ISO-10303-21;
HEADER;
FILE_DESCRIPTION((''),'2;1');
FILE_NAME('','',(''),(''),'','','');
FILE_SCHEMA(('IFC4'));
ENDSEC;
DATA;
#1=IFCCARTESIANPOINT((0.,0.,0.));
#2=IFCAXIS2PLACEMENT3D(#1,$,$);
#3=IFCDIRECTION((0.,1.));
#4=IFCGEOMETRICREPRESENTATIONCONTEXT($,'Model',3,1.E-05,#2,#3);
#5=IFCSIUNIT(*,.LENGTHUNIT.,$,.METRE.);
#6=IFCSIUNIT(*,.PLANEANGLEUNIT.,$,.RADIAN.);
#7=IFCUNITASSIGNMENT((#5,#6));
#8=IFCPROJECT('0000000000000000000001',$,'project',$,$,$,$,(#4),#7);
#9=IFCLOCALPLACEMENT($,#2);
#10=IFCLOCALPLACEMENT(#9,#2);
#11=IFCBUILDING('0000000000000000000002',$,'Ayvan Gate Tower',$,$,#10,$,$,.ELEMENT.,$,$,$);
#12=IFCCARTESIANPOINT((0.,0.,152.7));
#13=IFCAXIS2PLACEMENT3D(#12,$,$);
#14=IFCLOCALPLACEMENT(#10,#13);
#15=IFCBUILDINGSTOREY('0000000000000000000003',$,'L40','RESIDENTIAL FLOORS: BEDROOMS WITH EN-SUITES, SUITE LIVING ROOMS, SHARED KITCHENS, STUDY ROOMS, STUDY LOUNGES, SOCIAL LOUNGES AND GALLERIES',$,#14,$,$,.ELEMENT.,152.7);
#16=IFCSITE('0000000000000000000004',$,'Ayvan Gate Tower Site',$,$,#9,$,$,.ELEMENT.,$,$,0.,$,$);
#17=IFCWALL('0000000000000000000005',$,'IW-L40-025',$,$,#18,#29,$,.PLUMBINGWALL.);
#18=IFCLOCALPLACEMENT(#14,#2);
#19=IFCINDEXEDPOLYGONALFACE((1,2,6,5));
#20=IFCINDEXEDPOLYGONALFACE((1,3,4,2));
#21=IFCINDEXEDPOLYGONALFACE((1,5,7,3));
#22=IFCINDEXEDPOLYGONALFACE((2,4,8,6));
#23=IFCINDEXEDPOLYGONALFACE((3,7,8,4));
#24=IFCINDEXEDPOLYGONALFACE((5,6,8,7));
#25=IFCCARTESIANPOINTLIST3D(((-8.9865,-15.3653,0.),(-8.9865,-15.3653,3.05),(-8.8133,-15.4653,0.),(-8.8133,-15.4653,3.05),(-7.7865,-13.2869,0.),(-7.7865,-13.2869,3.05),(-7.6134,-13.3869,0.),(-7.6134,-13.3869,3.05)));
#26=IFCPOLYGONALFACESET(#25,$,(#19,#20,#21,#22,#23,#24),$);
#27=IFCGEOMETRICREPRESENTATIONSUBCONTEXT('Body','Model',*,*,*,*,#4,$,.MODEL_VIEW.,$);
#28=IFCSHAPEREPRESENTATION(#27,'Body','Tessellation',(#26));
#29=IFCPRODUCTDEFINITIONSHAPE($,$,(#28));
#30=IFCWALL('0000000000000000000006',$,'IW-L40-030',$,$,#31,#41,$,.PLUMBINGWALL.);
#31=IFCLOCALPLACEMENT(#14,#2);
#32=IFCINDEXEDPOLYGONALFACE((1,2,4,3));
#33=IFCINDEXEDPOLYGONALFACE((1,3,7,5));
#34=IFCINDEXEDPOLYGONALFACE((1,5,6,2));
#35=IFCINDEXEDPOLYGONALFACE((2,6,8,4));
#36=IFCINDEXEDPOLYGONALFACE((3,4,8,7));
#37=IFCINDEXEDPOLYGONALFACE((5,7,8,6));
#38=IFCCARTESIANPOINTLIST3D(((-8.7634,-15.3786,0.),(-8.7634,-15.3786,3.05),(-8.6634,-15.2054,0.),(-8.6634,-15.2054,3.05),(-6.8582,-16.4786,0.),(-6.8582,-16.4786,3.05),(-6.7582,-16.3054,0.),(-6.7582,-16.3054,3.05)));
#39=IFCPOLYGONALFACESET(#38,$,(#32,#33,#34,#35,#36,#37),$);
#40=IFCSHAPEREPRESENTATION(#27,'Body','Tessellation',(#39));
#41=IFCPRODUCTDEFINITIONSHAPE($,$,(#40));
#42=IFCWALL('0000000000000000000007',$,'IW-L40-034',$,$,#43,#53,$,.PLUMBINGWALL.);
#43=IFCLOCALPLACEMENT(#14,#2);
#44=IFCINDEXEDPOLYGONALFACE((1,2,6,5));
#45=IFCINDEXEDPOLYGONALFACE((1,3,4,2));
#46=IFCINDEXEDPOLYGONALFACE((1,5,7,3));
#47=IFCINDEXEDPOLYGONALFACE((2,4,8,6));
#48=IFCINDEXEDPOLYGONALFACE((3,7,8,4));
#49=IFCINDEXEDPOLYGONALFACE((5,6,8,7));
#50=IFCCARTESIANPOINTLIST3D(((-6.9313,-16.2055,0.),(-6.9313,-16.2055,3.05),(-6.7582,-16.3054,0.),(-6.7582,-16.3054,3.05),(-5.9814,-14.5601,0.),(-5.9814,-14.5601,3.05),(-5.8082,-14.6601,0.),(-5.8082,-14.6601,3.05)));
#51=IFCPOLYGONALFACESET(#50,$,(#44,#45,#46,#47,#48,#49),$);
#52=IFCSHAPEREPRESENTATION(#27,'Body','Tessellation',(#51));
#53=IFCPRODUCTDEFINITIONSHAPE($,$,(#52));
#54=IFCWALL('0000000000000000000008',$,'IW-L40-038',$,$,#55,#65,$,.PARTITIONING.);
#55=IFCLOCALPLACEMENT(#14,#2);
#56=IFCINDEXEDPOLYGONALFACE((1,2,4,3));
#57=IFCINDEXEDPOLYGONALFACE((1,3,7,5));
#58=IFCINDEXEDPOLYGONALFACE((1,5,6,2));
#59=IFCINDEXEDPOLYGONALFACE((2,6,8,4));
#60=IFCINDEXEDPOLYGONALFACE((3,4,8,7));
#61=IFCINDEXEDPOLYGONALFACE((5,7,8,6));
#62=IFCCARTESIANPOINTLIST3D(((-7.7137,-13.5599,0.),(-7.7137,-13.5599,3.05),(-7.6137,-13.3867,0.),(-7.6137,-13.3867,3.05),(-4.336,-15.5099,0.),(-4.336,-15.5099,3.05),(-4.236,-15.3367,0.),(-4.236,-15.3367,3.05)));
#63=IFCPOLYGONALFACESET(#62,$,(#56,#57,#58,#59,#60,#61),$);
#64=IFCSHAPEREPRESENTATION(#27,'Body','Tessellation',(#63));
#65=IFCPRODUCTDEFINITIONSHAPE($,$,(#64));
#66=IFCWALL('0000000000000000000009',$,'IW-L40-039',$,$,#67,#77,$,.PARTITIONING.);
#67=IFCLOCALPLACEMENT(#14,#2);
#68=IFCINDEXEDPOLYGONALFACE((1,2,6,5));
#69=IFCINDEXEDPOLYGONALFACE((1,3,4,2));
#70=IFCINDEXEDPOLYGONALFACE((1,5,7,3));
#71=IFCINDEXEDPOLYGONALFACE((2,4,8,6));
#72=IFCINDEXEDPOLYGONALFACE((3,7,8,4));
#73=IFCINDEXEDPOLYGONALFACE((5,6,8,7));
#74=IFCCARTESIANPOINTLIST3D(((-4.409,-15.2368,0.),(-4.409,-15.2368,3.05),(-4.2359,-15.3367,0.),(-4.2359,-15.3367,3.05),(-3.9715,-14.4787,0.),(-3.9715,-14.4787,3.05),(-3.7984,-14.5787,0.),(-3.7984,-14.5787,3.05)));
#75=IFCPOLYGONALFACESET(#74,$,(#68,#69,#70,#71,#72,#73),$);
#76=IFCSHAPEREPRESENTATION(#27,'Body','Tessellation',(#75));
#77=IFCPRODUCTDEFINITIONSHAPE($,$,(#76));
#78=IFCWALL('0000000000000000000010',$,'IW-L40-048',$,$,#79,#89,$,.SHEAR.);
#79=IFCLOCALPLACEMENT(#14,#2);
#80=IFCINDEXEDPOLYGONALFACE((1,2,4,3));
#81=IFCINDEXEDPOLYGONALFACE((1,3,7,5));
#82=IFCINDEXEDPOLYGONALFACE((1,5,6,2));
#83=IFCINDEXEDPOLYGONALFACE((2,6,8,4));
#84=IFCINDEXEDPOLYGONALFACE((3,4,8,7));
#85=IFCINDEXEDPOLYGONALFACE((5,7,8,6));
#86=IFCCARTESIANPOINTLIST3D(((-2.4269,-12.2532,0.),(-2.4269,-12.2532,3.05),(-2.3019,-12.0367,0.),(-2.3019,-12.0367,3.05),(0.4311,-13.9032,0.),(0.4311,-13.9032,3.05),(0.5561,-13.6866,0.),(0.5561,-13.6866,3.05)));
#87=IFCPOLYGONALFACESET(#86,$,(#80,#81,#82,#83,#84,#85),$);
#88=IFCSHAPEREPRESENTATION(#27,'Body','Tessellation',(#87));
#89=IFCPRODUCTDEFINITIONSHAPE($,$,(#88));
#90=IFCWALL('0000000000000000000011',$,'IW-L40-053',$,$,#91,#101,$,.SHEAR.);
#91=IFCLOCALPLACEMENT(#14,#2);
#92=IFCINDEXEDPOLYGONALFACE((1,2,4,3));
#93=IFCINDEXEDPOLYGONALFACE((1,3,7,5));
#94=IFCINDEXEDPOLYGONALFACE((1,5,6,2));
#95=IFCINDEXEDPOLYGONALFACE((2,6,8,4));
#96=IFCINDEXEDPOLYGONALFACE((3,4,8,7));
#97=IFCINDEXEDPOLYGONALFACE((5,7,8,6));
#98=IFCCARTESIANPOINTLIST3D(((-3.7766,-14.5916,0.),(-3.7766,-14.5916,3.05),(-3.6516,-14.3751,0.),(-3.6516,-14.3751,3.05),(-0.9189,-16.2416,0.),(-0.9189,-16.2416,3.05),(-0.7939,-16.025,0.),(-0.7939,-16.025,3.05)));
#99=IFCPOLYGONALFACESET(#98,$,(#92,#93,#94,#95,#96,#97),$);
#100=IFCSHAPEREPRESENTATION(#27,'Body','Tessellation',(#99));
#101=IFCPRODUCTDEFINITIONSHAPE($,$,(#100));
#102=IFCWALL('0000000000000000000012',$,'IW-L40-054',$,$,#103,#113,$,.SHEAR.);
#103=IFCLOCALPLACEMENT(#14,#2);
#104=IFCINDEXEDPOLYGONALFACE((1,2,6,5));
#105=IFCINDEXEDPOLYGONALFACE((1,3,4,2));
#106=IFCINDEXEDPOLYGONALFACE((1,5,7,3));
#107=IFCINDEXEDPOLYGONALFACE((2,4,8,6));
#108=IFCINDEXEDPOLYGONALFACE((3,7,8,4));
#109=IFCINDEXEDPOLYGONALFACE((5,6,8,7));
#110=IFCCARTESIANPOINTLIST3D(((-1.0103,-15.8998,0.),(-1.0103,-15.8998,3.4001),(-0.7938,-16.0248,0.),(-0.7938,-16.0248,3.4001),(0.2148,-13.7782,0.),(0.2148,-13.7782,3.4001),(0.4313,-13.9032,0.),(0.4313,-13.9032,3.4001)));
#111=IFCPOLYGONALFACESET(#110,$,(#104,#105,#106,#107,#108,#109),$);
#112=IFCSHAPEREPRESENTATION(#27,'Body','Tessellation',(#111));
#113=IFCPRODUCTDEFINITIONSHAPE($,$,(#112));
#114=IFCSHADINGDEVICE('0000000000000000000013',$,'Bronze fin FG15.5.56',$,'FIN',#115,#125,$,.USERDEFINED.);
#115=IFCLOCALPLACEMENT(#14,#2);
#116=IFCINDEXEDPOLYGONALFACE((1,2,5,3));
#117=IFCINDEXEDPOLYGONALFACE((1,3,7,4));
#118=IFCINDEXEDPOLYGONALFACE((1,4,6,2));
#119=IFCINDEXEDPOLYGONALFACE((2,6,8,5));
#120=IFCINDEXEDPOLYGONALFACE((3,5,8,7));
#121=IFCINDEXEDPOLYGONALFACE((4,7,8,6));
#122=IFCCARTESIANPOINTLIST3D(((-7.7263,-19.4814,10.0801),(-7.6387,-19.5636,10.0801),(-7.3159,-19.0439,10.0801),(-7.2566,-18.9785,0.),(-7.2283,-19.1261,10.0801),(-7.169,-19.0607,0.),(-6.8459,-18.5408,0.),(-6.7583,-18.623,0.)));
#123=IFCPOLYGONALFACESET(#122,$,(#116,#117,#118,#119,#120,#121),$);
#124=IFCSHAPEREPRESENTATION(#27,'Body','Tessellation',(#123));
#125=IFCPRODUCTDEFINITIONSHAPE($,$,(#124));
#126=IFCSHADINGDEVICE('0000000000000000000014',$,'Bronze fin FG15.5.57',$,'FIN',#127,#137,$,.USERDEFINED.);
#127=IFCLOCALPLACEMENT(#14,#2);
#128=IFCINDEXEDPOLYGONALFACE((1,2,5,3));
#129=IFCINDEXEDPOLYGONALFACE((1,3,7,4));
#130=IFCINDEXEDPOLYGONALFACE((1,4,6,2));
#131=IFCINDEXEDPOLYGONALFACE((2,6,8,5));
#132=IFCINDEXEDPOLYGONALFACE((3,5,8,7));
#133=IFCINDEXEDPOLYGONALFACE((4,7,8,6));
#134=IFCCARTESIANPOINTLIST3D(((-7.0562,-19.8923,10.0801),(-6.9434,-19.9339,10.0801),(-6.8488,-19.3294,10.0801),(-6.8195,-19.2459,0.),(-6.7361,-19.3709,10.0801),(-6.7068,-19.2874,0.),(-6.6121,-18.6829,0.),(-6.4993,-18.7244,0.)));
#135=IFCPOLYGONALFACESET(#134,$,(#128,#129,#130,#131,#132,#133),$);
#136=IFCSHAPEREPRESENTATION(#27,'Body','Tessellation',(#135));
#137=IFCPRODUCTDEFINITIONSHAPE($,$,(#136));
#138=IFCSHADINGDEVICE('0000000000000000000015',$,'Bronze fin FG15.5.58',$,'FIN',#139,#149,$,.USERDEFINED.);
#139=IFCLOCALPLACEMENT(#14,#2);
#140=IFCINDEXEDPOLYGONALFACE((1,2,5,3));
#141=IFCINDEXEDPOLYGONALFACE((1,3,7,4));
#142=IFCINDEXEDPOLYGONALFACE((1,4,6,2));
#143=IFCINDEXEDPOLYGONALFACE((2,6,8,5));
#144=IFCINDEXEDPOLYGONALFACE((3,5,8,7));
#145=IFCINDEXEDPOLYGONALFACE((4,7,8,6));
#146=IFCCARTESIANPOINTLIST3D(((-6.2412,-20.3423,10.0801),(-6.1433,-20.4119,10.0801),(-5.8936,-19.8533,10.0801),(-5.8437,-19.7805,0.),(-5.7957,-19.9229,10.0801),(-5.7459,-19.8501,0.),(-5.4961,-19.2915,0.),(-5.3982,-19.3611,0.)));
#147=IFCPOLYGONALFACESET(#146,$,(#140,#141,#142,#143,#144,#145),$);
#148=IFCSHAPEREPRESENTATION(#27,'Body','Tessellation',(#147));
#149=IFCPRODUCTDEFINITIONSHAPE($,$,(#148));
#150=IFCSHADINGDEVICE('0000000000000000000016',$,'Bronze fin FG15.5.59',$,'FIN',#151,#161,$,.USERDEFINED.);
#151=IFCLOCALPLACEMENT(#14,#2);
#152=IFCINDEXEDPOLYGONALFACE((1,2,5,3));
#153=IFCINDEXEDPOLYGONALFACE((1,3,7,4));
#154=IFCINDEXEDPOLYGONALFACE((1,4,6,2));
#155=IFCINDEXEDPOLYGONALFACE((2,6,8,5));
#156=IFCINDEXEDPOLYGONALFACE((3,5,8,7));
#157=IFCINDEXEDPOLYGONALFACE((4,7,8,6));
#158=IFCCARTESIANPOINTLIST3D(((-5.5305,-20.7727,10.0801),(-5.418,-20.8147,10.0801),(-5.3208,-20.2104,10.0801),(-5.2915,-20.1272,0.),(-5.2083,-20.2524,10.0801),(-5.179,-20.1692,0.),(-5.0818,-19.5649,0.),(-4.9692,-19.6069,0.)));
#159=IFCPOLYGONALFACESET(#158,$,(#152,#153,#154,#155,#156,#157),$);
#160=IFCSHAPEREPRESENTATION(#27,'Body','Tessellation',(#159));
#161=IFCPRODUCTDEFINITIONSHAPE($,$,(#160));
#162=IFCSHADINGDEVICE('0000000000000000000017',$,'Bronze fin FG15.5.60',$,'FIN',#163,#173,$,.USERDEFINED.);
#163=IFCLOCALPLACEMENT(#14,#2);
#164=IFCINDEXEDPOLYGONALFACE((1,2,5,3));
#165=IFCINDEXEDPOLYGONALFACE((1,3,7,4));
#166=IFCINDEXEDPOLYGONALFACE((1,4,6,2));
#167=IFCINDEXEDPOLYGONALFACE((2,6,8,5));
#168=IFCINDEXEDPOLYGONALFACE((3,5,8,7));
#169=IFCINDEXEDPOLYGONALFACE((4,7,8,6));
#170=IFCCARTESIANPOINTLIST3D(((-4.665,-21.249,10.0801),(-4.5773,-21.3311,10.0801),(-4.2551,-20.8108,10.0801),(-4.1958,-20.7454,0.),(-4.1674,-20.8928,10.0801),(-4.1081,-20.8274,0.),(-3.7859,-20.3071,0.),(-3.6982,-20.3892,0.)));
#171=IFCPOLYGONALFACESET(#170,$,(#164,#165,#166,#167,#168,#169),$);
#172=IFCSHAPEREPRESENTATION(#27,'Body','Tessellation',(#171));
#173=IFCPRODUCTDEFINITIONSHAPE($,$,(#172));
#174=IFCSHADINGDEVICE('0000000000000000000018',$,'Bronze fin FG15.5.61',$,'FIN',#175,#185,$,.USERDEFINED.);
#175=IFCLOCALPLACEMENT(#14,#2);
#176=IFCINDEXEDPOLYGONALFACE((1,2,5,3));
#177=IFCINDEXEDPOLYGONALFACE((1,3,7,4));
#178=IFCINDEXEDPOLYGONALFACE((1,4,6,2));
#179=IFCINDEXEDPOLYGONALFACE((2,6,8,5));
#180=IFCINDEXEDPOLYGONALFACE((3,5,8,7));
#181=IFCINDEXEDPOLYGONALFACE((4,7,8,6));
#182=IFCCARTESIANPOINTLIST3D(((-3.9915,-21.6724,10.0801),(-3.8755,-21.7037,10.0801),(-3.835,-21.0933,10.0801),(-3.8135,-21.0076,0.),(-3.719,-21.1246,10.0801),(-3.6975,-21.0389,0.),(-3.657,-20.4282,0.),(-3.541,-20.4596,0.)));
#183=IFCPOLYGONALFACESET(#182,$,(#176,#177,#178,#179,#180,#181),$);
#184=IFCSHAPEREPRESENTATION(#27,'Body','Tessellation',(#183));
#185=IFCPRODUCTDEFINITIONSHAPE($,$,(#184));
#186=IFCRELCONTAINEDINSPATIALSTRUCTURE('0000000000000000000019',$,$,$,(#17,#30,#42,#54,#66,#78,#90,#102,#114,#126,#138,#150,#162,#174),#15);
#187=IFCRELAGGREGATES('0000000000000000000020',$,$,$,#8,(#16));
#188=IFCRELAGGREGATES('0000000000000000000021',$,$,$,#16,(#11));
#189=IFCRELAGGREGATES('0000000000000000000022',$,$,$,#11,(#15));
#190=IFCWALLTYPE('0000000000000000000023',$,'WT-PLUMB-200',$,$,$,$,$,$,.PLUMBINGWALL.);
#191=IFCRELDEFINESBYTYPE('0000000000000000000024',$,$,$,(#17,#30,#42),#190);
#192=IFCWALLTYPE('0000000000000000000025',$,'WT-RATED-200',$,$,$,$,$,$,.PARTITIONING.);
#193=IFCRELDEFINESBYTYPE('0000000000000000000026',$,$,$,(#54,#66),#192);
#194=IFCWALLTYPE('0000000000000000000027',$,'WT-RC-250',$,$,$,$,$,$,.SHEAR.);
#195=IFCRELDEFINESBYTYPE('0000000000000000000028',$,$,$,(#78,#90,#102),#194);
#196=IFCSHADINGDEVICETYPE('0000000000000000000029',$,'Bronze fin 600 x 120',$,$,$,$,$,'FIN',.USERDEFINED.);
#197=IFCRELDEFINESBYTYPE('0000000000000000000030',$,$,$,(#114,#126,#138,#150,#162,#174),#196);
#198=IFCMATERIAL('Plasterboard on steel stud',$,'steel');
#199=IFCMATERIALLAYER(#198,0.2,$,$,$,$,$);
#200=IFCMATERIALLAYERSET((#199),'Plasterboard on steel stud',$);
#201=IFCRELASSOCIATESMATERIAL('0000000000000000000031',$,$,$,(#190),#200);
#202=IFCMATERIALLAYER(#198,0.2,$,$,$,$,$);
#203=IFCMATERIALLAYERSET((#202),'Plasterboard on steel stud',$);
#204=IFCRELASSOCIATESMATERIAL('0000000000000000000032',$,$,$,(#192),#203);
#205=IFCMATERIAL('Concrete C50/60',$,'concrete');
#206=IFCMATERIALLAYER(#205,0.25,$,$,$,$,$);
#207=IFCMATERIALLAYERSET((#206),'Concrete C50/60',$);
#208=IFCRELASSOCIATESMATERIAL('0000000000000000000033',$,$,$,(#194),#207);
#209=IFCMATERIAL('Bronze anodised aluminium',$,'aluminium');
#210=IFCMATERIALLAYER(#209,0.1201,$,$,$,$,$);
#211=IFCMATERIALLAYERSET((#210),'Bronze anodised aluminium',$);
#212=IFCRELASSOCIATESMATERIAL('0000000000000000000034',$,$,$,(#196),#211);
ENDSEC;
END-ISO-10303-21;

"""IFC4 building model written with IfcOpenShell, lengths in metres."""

from ifc_helpers import new_model, si_unit, direction, frame, frame_2d, origin, place, context, subcontext, project, spatial, polyline, rectangle, outline, extrude, material, layer, layer_set, type_object, element, save


model = new_model("IFC4")

# Units and contexts
model_context = context("Model", 3, precision=1e-05, world=origin(), true_north=direction((0.0, 1.0)))
body_context = subcontext(model_context, "Body", "Model", "MODEL_VIEW")
ifc_project = project(units=[si_unit("LENGTHUNIT", "METRE"), si_unit("PLANEANGLEUNIT", "RADIAN")], contexts=[model_context])

# Site, building, storey
site_placement = place(None, origin())
site = spatial("IfcSite", under=ifc_project, at=site_placement, Name="Ayvan Gate Tower Site", CompositionType="ELEMENT", RefElevation=0.0)
building_placement = place(site_placement, origin())
building = spatial("IfcBuilding", under=site, at=building_placement, Name="Ayvan Gate Tower", CompositionType="ELEMENT")
storey_placement = place(building_placement, frame((0.0, 0.0, 152.7)))
storey = spatial("IfcBuildingStorey", under=building, at=storey_placement, Name="L40", Description="RESIDENTIAL FLOORS: BEDROOMS WITH EN-SUITES, SUITE LIVING ROOMS, SHARED KITCHENS, STUDY ROOMS, STUDY LOUNGES, SOCIAL LOUNGES AND GALLERIES", CompositionType="ELEMENT", Elevation=152.7)

# Shared definitions
ifc_material_1 = material(Name="Bronze anodised aluminium", Category="aluminium")

# Shared definitions
ifc_material_2 = material(Name="Plasterboard on steel stud", Category="steel")

# Walls
ifc_layer_1 = layer(ifc_material_2, 0.2)
ifc_layer_set_1 = layer_set([ifc_layer_1], Name="Plasterboard on steel stud")
wall_type_1 = type_object("IfcWallType", Name="WT-PLUMB-200", PredefinedType="PLUMBINGWALL", material=ifc_layer_set_1)
wall_1_placement = place(storey_placement, frame((-7.7, -13.3369, 0.0), z_axis=(0.0, 0.0, 1.0), x_axis=(-0.500001, -0.866025, 0.0)))
element("IfcWall", 1, at=wall_1_placement, inside=storey, type_object=wall_type_1, Name="IW-L40-025", PredefinedType="PLUMBINGWALL", context=body_context, shape_type="SweptSolid", body=[
    extrude(rectangle(XDim=2.3999, YDim=0.2, at=frame_2d((1.2, 0.0))), origin(), (0.0, 0.0, 1.0), 3.05),
])
wall_2_placement = place(storey_placement, frame((-6.8081, -16.3921, 0.0), z_axis=(0.0, 0.0, 1.0), x_axis=(-0.866008, 0.50003, 0.0)))
element("IfcWall", 2, at=wall_2_placement, inside=storey, type_object=wall_type_1, Name="IW-L40-030", PredefinedType="PLUMBINGWALL", context=body_context, shape_type="SweptSolid", body=[
    extrude(rectangle(XDim=2.2, YDim=0.2, at=frame_2d((1.1001, 0.0))), origin(), (0.0, 0.0, 1.0), 3.05),
])
wall_3_placement = place(storey_placement, frame((-5.8948, -14.6101, 0.0), z_axis=(0.0, 0.0, 1.0), x_axis=(-0.500023, -0.866012, 0.0)))
element("IfcWall", 3, at=wall_3_placement, inside=storey, type_object=wall_type_1, Name="IW-L40-034", PredefinedType="PLUMBINGWALL", context=body_context, shape_type="SweptSolid", body=[
    extrude(rectangle(XDim=1.8999, YDim=0.2, at=frame_2d((0.95, 0.0))), origin(), (0.0, 0.0, 1.0), 3.05),
])
ifc_layer_2 = layer(ifc_material_2, 0.2)
ifc_layer_set_2 = layer_set([ifc_layer_2], Name="Plasterboard on steel stud")
wall_type_2 = type_object("IfcWallType", Name="WT-RATED-200", PredefinedType="PARTITIONING", material=ifc_layer_set_2)
wall_4_placement = place(storey_placement, frame((-4.2859, -15.4233, 0.0), z_axis=(0.0, 0.0, 1.0), x_axis=(-0.866043, 0.49997, 0.0)))
element("IfcWall", 4, at=wall_4_placement, inside=storey, type_object=wall_type_2, Name="IW-L40-038", PredefinedType="PARTITIONING", context=body_context, shape_type="SweptSolid", body=[
    extrude(rectangle(XDim=3.9001, YDim=0.2, at=frame_2d((1.9502, 0.0))), origin(), (0.0, 0.0, 1.0), 3.05),
])
wall_5_placement = place(storey_placement, frame((-3.885, -14.5288, 0.0), z_axis=(0.0, 0.0, 1.0), x_axis=(-0.499859, -0.866107, 0.0)))
element("IfcWall", 5, at=wall_5_placement, inside=storey, type_object=wall_type_2, Name="IW-L40-039", PredefinedType="PARTITIONING", context=body_context, shape_type="SweptSolid", body=[
    extrude(rectangle(XDim=0.8752, YDim=0.2, at=frame_2d((0.4375, 0.0))), origin(), (0.0, 0.0, 1.0), 3.05),
])
ifc_material_3 = material(Name="Concrete C50/60", Category="concrete")
ifc_layer_3 = layer(ifc_material_3, 0.25)
ifc_layer_set_3 = layer_set([ifc_layer_3], Name="Concrete C50/60")
wall_type_3 = type_object("IfcWallType", Name="WT-RC-250", PredefinedType="SHEAR", material=ifc_layer_set_3)
wall_6_placement = place(storey_placement, frame((-2.3643, -12.145, 0.0), z_axis=(0.0, 0.0, 1.0), x_axis=(0.86604, -0.499974, 0.0)))
element("IfcWall", 6, at=wall_6_placement, inside=storey, type_object=wall_type_3, Name="IW-L40-048", PredefinedType="SHEAR", context=body_context, shape_type="SweptSolid", body=[
    extrude(rectangle(XDim=3.3, YDim=0.25, at=frame_2d((1.6499, 0.0))), origin(), (0.0, 0.0, 1.0), 3.05),
])
wall_7_placement = place(storey_placement, frame((-0.8564, -16.1333, 0.0), z_axis=(0.0, 0.0, 1.0), x_axis=(-0.866022, 0.500006, 0.0)))
element("IfcWall", 7, at=wall_7_placement, inside=storey, type_object=wall_type_3, Name="IW-L40-053", PredefinedType="SHEAR", context=body_context, shape_type="SweptSolid", body=[
    extrude(rectangle(XDim=3.2998, YDim=0.25, at=frame_2d((1.6499, 0.0))), origin(), (0.0, 0.0, 1.0), 3.05),
])
wall_8_placement = place(storey_placement, frame((-0.9021, -15.9624, 0.0), z_axis=(0.0, 0.0, 1.0), x_axis=(0.500062, 0.86599, 0.0)))
element("IfcWall", 8, at=wall_8_placement, inside=storey, type_object=wall_type_3, Name="IW-L40-054", PredefinedType="SHEAR", context=body_context, shape_type="SweptSolid", body=[
    extrude(rectangle(XDim=2.45, YDim=0.25, at=frame_2d((1.2251, 0.0))), origin(), (0.0, 0.0, 1.0), 3.4001),
])

# Shading devices
ifc_layer_4 = layer(ifc_material_1, 0.1201)
ifc_layer_set_4 = layer_set([ifc_layer_4], Name="Bronze anodised aluminium")
shading_device_type = type_object("IfcShadingDeviceType", Name="Bronze fin 600 x 120", ElementType="FIN", PredefinedType="USERDEFINED", material=ifc_layer_set_4)
shading_device_1_placement = place(storey_placement, frame((-6.8459, -18.5408, 0.0), z_axis=(-0.729328, 0.684164, 0.000148), x_axis=(-0.684164, -0.729328, 0.0)))
element("IfcShadingDevice", 9, at=shading_device_1_placement, inside=storey, type_object=shading_device_type, Name="Bronze fin FG15.5.56", ObjectType="FIN", PredefinedType="USERDEFINED", context=body_context, shape_type="SweptSolid", body=[
    extrude(outline(polyline([(0.0, 0.0), (0.6002, 0.0), (1.2884, 10.0801), (0.6885, 10.0801), (0.0, 0.0)])), origin(), (0.0, 0.0, -1.0), 0.1201),
])
shading_device_2_placement = place(storey_placement, frame((-6.6121, -18.6829, 0.0), z_axis=(-0.938354, 0.345677, 0.000136), x_axis=(-0.345677, -0.938354, 0.0)))
element("IfcShadingDevice", 10, at=shading_device_2_placement, inside=storey, type_object=shading_device_type, Name="Bronze fin FG15.5.57", ObjectType="FIN", PredefinedType="USERDEFINED", context=body_context, shape_type="SweptSolid", body=[
    extrude(outline(polyline([(0.0, 0.0), (0.6, 0.0), (1.2884, 10.0801), (0.6885, 10.0801), (0.0, 0.0)])), origin(), (0.0, 0.0, -1.0), 0.1201),
])
shading_device_3_placement = place(storey_placement, frame((-5.4961, -19.2915, 0.0), z_axis=(-0.815024, 0.579428, 0.000155), x_axis=(-0.579428, -0.815024, 0.0)))
element("IfcShadingDevice", 11, at=shading_device_3_placement, inside=storey, type_object=shading_device_type, Name="Bronze fin FG15.5.58", ObjectType="FIN", PredefinedType="USERDEFINED", context=body_context, shape_type="SweptSolid", body=[
    extrude(outline(polyline([(0.0, 0.0), (0.6, 0.0), (1.2882, 10.0801), (0.6882, 10.0801), (0.0, 0.0)])), origin(), (0.0, 0.0, -1.0), 0.1201),
])
shading_device_4_placement = place(storey_placement, frame((-5.0818, -19.5649, 0.0), z_axis=(-0.936946, 0.349473, 0.000163), x_axis=(-0.349473, -0.936946, 0.0)))
element("IfcShadingDevice", 12, at=shading_device_4_placement, inside=storey, type_object=shading_device_type, Name="Bronze fin FG15.5.59", ObjectType="FIN", PredefinedType="USERDEFINED", context=body_context, shape_type="SweptSolid", body=[
    extrude(outline(polyline([(0.0, 0.0), (0.6001, 0.0), (1.2884, 10.0801), (0.6883, 10.0801), (0.0, 0.0)])), origin(), (0.0, 0.0, -1.0), 0.1201),
])
shading_device_5_placement = place(storey_placement, frame((-3.7859, -20.3071, 0.0), z_axis=(-0.730311, 0.683115, 0.000136), x_axis=(-0.683115, -0.730311, 0.0)))
element("IfcShadingDevice", 13, at=shading_device_5_placement, inside=storey, type_object=shading_device_type, Name="Bronze fin FG15.5.60", ObjectType="FIN", PredefinedType="USERDEFINED", context=body_context, shape_type="SweptSolid", body=[
    extrude(outline(polyline([(0.0, 0.0), (0.6001, 0.0), (1.2884, 10.0801), (0.6884, 10.0801), (0.0, 0.0)])), origin(), (0.0, 0.0, -1.0), 0.1201),
])
shading_device_6_placement = place(storey_placement, frame((-3.657, -20.4282, 0.0), z_axis=(-0.965386, 0.260827, 0.00016), x_axis=(-0.260827, -0.965386, 0.0)))
element("IfcShadingDevice", 14, at=shading_device_6_placement, inside=storey, type_object=shading_device_type, Name="Bronze fin FG15.5.61", ObjectType="FIN", PredefinedType="USERDEFINED", context=body_context, shape_type="SweptSolid", body=[
    extrude(outline(polyline([(0.0, 0.0), (0.6001, 0.0), (1.2883, 10.0801), (0.6884, 10.0801), (0.0, 0.0)])), origin(), (0.0, 0.0, -1.0), 0.1201),
])

save(model, "model.ifc")
